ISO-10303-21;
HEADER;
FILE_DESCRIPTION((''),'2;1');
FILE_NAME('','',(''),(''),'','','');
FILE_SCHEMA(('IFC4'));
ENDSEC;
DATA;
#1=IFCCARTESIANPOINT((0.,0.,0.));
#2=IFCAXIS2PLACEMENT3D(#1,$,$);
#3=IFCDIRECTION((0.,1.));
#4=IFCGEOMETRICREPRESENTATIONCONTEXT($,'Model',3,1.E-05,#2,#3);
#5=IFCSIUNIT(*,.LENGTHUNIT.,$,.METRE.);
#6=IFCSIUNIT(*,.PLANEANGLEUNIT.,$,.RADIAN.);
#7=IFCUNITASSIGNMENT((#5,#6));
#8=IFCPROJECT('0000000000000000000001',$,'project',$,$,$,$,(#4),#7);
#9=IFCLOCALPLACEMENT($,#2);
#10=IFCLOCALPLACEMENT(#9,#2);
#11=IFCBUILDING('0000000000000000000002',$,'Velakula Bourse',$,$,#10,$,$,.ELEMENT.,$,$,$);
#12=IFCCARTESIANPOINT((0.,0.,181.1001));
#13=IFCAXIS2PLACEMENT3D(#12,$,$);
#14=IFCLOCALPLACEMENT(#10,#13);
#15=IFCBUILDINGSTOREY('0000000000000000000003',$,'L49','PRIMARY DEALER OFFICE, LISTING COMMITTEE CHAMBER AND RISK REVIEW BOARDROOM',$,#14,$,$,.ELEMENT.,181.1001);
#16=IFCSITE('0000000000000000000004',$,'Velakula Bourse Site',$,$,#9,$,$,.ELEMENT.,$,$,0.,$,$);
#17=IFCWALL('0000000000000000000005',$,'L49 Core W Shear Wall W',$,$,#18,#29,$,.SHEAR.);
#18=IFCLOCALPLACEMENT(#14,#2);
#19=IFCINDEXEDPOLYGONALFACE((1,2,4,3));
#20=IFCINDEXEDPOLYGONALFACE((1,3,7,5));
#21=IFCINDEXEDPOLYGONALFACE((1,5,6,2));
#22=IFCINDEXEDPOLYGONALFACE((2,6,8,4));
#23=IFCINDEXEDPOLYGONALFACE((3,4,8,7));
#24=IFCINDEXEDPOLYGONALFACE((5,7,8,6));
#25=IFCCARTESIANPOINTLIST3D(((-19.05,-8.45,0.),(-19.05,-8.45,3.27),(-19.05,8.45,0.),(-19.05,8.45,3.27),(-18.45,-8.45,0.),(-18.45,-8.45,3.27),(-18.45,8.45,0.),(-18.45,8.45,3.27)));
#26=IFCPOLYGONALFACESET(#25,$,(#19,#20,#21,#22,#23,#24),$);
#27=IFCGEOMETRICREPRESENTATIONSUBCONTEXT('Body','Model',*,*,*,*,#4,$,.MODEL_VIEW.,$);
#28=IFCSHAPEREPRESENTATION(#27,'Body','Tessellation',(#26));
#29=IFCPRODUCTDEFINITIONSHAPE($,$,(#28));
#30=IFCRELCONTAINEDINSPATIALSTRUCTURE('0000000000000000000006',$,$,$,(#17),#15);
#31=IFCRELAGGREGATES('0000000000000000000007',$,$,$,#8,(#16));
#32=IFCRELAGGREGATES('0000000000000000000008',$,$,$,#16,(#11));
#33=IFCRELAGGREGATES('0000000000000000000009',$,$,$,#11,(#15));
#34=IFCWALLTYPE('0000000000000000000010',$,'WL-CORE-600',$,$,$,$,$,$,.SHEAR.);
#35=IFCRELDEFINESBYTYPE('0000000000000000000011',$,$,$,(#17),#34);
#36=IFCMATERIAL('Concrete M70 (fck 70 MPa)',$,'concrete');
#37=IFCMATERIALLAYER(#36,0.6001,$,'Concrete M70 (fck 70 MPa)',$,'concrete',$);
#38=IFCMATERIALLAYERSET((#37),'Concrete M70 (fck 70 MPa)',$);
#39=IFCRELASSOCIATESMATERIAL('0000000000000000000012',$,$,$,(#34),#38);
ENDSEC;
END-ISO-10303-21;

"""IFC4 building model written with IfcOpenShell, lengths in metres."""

from ifc_helpers import new_model, si_unit, direction, frame, frame_2d, origin, place, context, subcontext, project, spatial, rectangle, extrude, material, layer, layer_set, type_object, element, save


model = new_model("IFC4")

# Units and contexts
model_context = context("Model", 3, precision=1e-05, world=origin(), true_north=direction((0.0, 1.0)))
body_context = subcontext(model_context, "Body", "Model", "MODEL_VIEW")
ifc_project = project(units=[si_unit("LENGTHUNIT", "METRE"), si_unit("PLANEANGLEUNIT", "RADIAN")], contexts=[model_context])

# Site, building, storey
site_placement = place(None, origin())
site = spatial("IfcSite", under=ifc_project, at=site_placement, Name="Velakula Bourse Site", CompositionType="ELEMENT", RefElevation=0.0)
building_placement = place(site_placement, origin())
building = spatial("IfcBuilding", under=site, at=building_placement, Name="Velakula Bourse", CompositionType="ELEMENT")
storey_placement = place(building_placement, frame((0.0, 0.0, 181.1001)))
storey = spatial("IfcBuildingStorey", under=building, at=storey_placement, Name="L49", Description="PRIMARY DEALER OFFICE, LISTING COMMITTEE CHAMBER AND RISK REVIEW BOARDROOM", CompositionType="ELEMENT", Elevation=181.1001)

# Wall
ifc_material_1 = material(Name="Concrete M70 (fck 70 MPa)", Category="concrete")
ifc_layer = layer(ifc_material_1, 0.6001, Name="Concrete M70 (fck 70 MPa)", Category="concrete")
ifc_layer_set = layer_set([ifc_layer], Name="Concrete M70 (fck 70 MPa)")
wall_type = type_object("IfcWallType", Name="WL-CORE-600", PredefinedType="SHEAR", material=ifc_layer_set)
wall_1_placement = place(storey_placement, frame((-18.75, -8.45, 0.0), z_axis=(0.0, 0.0, 1.0), x_axis=(0.0, 1.0, 0.0)))
element("IfcWall", 1, at=wall_1_placement, inside=storey, type_object=wall_type, Name="L49 Core W Shear Wall W", PredefinedType="SHEAR", context=body_context, shape_type="SweptSolid", body=[
    extrude(rectangle(XDim=16.8999, YDim=0.6001, at=frame_2d((8.45, 0.0))), origin(), (0.0, 0.0, 1.0), 3.27),
])

save(model, "model.ifc")
